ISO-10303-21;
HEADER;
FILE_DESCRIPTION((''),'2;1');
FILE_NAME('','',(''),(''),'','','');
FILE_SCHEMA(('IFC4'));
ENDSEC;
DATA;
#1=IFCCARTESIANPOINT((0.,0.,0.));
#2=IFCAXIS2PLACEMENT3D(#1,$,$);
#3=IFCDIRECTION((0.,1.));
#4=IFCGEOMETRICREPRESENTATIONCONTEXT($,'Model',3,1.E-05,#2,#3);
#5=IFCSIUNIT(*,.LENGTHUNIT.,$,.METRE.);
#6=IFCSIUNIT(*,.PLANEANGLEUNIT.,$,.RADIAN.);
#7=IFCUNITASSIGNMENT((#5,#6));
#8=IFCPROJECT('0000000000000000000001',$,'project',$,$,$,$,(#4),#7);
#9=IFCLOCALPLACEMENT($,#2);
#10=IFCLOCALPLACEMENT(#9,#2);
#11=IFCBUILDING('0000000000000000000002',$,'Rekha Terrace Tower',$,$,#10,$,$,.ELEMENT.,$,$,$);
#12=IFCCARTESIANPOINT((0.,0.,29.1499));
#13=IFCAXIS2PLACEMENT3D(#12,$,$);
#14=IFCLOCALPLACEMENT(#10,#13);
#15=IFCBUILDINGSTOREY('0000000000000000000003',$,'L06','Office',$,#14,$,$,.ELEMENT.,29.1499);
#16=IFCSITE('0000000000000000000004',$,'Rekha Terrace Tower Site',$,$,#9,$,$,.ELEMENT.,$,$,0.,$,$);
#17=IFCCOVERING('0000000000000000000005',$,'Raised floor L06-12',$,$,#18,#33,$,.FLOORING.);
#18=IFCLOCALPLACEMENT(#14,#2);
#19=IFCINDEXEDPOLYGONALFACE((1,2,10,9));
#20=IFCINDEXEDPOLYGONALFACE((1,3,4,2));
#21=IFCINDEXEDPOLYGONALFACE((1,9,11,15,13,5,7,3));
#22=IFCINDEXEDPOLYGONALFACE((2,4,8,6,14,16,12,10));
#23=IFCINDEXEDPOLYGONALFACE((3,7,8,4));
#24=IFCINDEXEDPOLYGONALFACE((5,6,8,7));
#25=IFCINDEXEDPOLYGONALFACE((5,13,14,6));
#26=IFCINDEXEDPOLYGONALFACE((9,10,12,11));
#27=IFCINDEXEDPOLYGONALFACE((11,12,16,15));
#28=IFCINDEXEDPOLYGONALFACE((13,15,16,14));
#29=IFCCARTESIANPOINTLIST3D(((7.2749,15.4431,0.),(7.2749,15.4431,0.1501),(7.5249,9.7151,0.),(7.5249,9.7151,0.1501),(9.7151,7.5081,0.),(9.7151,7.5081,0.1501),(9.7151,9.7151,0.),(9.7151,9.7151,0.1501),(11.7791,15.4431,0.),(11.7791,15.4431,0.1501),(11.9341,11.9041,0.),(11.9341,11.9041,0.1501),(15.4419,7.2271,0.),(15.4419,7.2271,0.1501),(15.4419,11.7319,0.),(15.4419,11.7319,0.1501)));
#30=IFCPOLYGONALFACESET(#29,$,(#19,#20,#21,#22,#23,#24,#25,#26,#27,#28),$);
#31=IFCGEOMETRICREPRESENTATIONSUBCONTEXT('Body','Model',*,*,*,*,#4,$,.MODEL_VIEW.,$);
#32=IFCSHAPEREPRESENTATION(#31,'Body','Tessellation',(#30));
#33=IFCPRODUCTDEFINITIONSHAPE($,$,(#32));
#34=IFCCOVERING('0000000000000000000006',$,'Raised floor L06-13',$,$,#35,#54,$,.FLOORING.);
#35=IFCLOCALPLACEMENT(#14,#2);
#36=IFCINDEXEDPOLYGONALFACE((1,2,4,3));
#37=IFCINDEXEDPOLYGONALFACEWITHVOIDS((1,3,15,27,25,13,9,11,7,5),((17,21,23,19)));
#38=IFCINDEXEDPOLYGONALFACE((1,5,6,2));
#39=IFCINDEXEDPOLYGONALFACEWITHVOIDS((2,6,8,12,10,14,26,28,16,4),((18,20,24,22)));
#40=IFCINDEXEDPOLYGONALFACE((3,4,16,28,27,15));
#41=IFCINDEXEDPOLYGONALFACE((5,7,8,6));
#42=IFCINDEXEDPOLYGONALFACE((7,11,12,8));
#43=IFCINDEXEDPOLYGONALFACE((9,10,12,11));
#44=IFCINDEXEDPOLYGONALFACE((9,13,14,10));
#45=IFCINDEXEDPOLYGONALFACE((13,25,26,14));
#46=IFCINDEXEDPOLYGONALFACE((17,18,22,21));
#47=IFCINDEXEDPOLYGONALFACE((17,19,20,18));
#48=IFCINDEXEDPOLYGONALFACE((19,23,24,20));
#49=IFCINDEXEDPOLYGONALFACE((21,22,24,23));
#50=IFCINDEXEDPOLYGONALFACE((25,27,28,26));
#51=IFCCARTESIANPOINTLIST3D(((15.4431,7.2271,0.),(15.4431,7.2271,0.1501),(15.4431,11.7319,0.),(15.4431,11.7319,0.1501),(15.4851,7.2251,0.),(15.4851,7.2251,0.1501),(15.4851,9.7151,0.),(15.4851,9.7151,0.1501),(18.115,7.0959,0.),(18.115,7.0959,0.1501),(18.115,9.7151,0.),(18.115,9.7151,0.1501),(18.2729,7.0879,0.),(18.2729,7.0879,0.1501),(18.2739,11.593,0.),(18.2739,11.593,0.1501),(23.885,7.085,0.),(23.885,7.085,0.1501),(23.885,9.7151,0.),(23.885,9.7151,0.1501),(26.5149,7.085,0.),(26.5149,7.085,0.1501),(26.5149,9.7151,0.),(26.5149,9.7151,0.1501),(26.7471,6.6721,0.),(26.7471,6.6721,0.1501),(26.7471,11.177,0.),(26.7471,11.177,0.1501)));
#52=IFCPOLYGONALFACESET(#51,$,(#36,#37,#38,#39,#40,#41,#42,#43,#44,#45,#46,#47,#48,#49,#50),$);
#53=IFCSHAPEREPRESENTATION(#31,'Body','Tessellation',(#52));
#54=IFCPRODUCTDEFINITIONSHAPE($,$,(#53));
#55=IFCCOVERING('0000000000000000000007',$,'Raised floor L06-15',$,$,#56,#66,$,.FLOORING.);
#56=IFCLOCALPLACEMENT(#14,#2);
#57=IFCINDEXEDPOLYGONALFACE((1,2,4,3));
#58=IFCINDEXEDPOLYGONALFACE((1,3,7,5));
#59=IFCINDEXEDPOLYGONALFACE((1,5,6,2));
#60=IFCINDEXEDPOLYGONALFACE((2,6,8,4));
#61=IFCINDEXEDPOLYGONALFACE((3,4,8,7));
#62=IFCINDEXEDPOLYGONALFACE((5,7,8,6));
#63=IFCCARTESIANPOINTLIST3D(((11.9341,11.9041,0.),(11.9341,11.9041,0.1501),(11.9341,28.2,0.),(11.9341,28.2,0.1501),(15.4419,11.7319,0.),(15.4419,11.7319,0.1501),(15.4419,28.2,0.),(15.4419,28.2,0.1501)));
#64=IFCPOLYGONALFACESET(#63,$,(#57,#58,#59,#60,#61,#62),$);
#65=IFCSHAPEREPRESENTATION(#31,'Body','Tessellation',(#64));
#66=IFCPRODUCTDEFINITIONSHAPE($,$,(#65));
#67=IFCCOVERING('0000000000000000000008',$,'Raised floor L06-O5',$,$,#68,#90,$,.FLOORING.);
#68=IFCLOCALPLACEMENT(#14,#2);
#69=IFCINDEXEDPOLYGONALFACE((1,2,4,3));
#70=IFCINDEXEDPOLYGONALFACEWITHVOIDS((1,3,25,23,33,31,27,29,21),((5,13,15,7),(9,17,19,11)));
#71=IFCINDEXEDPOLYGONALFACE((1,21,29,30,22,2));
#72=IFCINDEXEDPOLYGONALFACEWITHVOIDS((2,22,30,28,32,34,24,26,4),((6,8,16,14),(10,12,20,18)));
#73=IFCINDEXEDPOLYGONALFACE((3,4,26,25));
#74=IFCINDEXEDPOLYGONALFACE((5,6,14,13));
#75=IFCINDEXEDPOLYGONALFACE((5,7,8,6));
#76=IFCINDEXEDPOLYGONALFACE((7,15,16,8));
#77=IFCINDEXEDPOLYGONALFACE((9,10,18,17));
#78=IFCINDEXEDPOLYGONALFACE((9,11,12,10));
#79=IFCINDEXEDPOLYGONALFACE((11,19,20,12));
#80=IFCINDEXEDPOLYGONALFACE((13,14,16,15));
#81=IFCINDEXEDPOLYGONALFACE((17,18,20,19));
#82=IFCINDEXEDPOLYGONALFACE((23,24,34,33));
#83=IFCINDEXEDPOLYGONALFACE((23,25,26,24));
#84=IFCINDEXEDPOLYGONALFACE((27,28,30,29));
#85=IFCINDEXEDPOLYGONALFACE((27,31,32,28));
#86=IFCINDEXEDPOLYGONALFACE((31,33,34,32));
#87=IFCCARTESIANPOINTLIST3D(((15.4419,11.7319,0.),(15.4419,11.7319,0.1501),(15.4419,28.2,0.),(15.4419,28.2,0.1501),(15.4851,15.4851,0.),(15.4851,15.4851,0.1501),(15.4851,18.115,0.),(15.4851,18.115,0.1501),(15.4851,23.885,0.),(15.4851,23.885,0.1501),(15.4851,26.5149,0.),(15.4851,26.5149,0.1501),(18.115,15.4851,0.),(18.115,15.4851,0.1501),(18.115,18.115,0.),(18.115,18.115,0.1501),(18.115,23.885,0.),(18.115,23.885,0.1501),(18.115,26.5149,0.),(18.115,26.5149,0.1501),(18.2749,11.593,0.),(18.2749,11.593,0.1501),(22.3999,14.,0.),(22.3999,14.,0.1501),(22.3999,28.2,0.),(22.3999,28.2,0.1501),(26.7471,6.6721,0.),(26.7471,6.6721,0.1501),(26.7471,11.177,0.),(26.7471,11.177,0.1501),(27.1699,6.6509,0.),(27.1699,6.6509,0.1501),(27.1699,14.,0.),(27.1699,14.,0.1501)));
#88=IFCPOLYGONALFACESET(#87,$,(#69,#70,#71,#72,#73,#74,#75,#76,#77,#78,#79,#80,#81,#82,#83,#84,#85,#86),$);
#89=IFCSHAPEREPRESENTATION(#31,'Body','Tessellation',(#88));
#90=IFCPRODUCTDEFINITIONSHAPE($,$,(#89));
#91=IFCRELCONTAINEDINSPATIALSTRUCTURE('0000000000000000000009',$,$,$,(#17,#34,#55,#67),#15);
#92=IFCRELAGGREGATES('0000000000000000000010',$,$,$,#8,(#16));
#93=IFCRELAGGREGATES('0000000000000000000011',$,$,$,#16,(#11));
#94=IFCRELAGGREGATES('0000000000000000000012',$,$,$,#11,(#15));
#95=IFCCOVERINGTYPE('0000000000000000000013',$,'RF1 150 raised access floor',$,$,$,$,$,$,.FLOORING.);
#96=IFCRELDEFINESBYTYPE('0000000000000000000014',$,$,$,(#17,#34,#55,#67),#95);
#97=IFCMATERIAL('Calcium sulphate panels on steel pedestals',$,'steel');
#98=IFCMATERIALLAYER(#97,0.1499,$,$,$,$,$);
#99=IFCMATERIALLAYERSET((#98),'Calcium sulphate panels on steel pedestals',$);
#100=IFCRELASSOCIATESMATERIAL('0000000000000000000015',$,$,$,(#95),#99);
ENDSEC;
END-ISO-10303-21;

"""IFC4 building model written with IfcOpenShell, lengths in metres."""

from ifc_helpers import new_model, si_unit, direction, frame, origin, place, context, subcontext, project, spatial, polyline, outline, extrude, material, layer, layer_set, type_object, element, save


model = new_model("IFC4")

# Units and contexts
model_context = context("Model", 3, precision=1e-05, world=origin(), true_north=direction((0.0, 1.0)))
body_context = subcontext(model_context, "Body", "Model", "MODEL_VIEW")
ifc_project = project(units=[si_unit("LENGTHUNIT", "METRE"), si_unit("PLANEANGLEUNIT", "RADIAN")], contexts=[model_context])

# Site, building, storey
site_placement = place(None, origin())
site = spatial("IfcSite", under=ifc_project, at=site_placement, Name="Rekha Terrace Tower Site", CompositionType="ELEMENT", RefElevation=0.0)
building_placement = place(site_placement, origin())
building = spatial("IfcBuilding", under=site, at=building_placement, Name="Rekha Terrace Tower", CompositionType="ELEMENT")
storey_placement = place(building_placement, frame((0.0, 0.0, 29.1499)))
storey = spatial("IfcBuildingStorey", under=building, at=storey_placement, Name="L06", Description="Office", CompositionType="ELEMENT", Elevation=29.1499)

# Coverings
ifc_material_1 = material(Name="Calcium sulphate panels on steel pedestals", Category="steel")
ifc_layer_1 = layer(ifc_material_1, 0.1499)
ifc_layer_set_1 = layer_set([ifc_layer_1], Name="Calcium sulphate panels on steel pedestals")
covering_type_1 = type_object("IfcCoveringType", Name="RF1 150 raised access floor", PredefinedType="FLOORING", material=ifc_layer_set_1)
covering_1_placement = place(storey_placement, origin())
element("IfcCovering", 1, at=covering_1_placement, inside=storey, type_object=covering_type_1, Name="Raised floor L06-12", PredefinedType="FLOORING", context=body_context, shape_type="SweptSolid", body=[
    extrude(outline(polyline([(11.9341, 11.9041), (11.7791, 15.4431), (7.2749, 15.4431), (7.5249, 9.7151), (9.7151, 9.7151), (9.7151, 7.5081), (15.4419, 7.2271), (15.4419, 11.7319), (11.9341, 11.9041)])), origin(), (0.0, 0.0, 1.0), 0.1501),
])
covering_2_placement = place(storey_placement, origin())
element("IfcCovering", 2, at=covering_2_placement, inside=storey, type_object=covering_type_1, Name="Raised floor L06-13", PredefinedType="FLOORING", context=body_context, shape_type="SweptSolid", body=[
    extrude(outline(polyline([(26.7471, 11.177), (18.2739, 11.593), (15.4431, 11.7319), (15.4431, 7.2271), (15.4851, 7.2251), (15.4851, 9.7151), (18.115, 9.7151), (18.115, 7.0959), (18.2729, 7.0879), (26.7471, 6.6721), (26.7471, 11.177)]), holes=[polyline([(26.5149, 9.7151), (26.5149, 7.085), (23.885, 7.085), (23.885, 9.7151), (26.5149, 9.7151)])]), origin(), (0.0, 0.0, 1.0), 0.1501),
])
covering_3_placement = place(storey_placement, origin())
element("IfcCovering", 3, at=covering_3_placement, inside=storey, type_object=covering_type_1, Name="Raised floor L06-15", PredefinedType="FLOORING", context=body_context, shape_type="SweptSolid", body=[
    extrude(outline(polyline([(15.4419, 11.7319), (15.4419, 28.2), (11.9341, 28.2), (11.9341, 11.9041), (15.4419, 11.7319)])), origin(), (0.0, 0.0, 1.0), 0.1501),
])
covering_4_placement = place(storey_placement, origin())
element("IfcCovering", 4, at=covering_4_placement, inside=storey, type_object=covering_type_1, Name="Raised floor L06-O5", PredefinedType="FLOORING", context=body_context, shape_type="SweptSolid", body=[
    extrude(outline(polyline([(15.4419, 28.2), (15.4419, 11.7319), (18.2749, 11.593), (26.7471, 11.177), (26.7471, 6.6721), (27.1699, 6.6509), (27.1699, 14.0), (22.3999, 14.0), (22.3999, 28.2), (15.4419, 28.2)]), holes=[polyline([(18.115, 15.4851), (15.4851, 15.4851), (15.4851, 18.115), (18.115, 18.115), (18.115, 15.4851)]), polyline([(18.115, 23.885), (15.4851, 23.885), (15.4851, 26.5149), (18.115, 26.5149), (18.115, 23.885)])]), origin(), (0.0, 0.0, 1.0), 0.1501),
])

save(model, "model.ifc")
